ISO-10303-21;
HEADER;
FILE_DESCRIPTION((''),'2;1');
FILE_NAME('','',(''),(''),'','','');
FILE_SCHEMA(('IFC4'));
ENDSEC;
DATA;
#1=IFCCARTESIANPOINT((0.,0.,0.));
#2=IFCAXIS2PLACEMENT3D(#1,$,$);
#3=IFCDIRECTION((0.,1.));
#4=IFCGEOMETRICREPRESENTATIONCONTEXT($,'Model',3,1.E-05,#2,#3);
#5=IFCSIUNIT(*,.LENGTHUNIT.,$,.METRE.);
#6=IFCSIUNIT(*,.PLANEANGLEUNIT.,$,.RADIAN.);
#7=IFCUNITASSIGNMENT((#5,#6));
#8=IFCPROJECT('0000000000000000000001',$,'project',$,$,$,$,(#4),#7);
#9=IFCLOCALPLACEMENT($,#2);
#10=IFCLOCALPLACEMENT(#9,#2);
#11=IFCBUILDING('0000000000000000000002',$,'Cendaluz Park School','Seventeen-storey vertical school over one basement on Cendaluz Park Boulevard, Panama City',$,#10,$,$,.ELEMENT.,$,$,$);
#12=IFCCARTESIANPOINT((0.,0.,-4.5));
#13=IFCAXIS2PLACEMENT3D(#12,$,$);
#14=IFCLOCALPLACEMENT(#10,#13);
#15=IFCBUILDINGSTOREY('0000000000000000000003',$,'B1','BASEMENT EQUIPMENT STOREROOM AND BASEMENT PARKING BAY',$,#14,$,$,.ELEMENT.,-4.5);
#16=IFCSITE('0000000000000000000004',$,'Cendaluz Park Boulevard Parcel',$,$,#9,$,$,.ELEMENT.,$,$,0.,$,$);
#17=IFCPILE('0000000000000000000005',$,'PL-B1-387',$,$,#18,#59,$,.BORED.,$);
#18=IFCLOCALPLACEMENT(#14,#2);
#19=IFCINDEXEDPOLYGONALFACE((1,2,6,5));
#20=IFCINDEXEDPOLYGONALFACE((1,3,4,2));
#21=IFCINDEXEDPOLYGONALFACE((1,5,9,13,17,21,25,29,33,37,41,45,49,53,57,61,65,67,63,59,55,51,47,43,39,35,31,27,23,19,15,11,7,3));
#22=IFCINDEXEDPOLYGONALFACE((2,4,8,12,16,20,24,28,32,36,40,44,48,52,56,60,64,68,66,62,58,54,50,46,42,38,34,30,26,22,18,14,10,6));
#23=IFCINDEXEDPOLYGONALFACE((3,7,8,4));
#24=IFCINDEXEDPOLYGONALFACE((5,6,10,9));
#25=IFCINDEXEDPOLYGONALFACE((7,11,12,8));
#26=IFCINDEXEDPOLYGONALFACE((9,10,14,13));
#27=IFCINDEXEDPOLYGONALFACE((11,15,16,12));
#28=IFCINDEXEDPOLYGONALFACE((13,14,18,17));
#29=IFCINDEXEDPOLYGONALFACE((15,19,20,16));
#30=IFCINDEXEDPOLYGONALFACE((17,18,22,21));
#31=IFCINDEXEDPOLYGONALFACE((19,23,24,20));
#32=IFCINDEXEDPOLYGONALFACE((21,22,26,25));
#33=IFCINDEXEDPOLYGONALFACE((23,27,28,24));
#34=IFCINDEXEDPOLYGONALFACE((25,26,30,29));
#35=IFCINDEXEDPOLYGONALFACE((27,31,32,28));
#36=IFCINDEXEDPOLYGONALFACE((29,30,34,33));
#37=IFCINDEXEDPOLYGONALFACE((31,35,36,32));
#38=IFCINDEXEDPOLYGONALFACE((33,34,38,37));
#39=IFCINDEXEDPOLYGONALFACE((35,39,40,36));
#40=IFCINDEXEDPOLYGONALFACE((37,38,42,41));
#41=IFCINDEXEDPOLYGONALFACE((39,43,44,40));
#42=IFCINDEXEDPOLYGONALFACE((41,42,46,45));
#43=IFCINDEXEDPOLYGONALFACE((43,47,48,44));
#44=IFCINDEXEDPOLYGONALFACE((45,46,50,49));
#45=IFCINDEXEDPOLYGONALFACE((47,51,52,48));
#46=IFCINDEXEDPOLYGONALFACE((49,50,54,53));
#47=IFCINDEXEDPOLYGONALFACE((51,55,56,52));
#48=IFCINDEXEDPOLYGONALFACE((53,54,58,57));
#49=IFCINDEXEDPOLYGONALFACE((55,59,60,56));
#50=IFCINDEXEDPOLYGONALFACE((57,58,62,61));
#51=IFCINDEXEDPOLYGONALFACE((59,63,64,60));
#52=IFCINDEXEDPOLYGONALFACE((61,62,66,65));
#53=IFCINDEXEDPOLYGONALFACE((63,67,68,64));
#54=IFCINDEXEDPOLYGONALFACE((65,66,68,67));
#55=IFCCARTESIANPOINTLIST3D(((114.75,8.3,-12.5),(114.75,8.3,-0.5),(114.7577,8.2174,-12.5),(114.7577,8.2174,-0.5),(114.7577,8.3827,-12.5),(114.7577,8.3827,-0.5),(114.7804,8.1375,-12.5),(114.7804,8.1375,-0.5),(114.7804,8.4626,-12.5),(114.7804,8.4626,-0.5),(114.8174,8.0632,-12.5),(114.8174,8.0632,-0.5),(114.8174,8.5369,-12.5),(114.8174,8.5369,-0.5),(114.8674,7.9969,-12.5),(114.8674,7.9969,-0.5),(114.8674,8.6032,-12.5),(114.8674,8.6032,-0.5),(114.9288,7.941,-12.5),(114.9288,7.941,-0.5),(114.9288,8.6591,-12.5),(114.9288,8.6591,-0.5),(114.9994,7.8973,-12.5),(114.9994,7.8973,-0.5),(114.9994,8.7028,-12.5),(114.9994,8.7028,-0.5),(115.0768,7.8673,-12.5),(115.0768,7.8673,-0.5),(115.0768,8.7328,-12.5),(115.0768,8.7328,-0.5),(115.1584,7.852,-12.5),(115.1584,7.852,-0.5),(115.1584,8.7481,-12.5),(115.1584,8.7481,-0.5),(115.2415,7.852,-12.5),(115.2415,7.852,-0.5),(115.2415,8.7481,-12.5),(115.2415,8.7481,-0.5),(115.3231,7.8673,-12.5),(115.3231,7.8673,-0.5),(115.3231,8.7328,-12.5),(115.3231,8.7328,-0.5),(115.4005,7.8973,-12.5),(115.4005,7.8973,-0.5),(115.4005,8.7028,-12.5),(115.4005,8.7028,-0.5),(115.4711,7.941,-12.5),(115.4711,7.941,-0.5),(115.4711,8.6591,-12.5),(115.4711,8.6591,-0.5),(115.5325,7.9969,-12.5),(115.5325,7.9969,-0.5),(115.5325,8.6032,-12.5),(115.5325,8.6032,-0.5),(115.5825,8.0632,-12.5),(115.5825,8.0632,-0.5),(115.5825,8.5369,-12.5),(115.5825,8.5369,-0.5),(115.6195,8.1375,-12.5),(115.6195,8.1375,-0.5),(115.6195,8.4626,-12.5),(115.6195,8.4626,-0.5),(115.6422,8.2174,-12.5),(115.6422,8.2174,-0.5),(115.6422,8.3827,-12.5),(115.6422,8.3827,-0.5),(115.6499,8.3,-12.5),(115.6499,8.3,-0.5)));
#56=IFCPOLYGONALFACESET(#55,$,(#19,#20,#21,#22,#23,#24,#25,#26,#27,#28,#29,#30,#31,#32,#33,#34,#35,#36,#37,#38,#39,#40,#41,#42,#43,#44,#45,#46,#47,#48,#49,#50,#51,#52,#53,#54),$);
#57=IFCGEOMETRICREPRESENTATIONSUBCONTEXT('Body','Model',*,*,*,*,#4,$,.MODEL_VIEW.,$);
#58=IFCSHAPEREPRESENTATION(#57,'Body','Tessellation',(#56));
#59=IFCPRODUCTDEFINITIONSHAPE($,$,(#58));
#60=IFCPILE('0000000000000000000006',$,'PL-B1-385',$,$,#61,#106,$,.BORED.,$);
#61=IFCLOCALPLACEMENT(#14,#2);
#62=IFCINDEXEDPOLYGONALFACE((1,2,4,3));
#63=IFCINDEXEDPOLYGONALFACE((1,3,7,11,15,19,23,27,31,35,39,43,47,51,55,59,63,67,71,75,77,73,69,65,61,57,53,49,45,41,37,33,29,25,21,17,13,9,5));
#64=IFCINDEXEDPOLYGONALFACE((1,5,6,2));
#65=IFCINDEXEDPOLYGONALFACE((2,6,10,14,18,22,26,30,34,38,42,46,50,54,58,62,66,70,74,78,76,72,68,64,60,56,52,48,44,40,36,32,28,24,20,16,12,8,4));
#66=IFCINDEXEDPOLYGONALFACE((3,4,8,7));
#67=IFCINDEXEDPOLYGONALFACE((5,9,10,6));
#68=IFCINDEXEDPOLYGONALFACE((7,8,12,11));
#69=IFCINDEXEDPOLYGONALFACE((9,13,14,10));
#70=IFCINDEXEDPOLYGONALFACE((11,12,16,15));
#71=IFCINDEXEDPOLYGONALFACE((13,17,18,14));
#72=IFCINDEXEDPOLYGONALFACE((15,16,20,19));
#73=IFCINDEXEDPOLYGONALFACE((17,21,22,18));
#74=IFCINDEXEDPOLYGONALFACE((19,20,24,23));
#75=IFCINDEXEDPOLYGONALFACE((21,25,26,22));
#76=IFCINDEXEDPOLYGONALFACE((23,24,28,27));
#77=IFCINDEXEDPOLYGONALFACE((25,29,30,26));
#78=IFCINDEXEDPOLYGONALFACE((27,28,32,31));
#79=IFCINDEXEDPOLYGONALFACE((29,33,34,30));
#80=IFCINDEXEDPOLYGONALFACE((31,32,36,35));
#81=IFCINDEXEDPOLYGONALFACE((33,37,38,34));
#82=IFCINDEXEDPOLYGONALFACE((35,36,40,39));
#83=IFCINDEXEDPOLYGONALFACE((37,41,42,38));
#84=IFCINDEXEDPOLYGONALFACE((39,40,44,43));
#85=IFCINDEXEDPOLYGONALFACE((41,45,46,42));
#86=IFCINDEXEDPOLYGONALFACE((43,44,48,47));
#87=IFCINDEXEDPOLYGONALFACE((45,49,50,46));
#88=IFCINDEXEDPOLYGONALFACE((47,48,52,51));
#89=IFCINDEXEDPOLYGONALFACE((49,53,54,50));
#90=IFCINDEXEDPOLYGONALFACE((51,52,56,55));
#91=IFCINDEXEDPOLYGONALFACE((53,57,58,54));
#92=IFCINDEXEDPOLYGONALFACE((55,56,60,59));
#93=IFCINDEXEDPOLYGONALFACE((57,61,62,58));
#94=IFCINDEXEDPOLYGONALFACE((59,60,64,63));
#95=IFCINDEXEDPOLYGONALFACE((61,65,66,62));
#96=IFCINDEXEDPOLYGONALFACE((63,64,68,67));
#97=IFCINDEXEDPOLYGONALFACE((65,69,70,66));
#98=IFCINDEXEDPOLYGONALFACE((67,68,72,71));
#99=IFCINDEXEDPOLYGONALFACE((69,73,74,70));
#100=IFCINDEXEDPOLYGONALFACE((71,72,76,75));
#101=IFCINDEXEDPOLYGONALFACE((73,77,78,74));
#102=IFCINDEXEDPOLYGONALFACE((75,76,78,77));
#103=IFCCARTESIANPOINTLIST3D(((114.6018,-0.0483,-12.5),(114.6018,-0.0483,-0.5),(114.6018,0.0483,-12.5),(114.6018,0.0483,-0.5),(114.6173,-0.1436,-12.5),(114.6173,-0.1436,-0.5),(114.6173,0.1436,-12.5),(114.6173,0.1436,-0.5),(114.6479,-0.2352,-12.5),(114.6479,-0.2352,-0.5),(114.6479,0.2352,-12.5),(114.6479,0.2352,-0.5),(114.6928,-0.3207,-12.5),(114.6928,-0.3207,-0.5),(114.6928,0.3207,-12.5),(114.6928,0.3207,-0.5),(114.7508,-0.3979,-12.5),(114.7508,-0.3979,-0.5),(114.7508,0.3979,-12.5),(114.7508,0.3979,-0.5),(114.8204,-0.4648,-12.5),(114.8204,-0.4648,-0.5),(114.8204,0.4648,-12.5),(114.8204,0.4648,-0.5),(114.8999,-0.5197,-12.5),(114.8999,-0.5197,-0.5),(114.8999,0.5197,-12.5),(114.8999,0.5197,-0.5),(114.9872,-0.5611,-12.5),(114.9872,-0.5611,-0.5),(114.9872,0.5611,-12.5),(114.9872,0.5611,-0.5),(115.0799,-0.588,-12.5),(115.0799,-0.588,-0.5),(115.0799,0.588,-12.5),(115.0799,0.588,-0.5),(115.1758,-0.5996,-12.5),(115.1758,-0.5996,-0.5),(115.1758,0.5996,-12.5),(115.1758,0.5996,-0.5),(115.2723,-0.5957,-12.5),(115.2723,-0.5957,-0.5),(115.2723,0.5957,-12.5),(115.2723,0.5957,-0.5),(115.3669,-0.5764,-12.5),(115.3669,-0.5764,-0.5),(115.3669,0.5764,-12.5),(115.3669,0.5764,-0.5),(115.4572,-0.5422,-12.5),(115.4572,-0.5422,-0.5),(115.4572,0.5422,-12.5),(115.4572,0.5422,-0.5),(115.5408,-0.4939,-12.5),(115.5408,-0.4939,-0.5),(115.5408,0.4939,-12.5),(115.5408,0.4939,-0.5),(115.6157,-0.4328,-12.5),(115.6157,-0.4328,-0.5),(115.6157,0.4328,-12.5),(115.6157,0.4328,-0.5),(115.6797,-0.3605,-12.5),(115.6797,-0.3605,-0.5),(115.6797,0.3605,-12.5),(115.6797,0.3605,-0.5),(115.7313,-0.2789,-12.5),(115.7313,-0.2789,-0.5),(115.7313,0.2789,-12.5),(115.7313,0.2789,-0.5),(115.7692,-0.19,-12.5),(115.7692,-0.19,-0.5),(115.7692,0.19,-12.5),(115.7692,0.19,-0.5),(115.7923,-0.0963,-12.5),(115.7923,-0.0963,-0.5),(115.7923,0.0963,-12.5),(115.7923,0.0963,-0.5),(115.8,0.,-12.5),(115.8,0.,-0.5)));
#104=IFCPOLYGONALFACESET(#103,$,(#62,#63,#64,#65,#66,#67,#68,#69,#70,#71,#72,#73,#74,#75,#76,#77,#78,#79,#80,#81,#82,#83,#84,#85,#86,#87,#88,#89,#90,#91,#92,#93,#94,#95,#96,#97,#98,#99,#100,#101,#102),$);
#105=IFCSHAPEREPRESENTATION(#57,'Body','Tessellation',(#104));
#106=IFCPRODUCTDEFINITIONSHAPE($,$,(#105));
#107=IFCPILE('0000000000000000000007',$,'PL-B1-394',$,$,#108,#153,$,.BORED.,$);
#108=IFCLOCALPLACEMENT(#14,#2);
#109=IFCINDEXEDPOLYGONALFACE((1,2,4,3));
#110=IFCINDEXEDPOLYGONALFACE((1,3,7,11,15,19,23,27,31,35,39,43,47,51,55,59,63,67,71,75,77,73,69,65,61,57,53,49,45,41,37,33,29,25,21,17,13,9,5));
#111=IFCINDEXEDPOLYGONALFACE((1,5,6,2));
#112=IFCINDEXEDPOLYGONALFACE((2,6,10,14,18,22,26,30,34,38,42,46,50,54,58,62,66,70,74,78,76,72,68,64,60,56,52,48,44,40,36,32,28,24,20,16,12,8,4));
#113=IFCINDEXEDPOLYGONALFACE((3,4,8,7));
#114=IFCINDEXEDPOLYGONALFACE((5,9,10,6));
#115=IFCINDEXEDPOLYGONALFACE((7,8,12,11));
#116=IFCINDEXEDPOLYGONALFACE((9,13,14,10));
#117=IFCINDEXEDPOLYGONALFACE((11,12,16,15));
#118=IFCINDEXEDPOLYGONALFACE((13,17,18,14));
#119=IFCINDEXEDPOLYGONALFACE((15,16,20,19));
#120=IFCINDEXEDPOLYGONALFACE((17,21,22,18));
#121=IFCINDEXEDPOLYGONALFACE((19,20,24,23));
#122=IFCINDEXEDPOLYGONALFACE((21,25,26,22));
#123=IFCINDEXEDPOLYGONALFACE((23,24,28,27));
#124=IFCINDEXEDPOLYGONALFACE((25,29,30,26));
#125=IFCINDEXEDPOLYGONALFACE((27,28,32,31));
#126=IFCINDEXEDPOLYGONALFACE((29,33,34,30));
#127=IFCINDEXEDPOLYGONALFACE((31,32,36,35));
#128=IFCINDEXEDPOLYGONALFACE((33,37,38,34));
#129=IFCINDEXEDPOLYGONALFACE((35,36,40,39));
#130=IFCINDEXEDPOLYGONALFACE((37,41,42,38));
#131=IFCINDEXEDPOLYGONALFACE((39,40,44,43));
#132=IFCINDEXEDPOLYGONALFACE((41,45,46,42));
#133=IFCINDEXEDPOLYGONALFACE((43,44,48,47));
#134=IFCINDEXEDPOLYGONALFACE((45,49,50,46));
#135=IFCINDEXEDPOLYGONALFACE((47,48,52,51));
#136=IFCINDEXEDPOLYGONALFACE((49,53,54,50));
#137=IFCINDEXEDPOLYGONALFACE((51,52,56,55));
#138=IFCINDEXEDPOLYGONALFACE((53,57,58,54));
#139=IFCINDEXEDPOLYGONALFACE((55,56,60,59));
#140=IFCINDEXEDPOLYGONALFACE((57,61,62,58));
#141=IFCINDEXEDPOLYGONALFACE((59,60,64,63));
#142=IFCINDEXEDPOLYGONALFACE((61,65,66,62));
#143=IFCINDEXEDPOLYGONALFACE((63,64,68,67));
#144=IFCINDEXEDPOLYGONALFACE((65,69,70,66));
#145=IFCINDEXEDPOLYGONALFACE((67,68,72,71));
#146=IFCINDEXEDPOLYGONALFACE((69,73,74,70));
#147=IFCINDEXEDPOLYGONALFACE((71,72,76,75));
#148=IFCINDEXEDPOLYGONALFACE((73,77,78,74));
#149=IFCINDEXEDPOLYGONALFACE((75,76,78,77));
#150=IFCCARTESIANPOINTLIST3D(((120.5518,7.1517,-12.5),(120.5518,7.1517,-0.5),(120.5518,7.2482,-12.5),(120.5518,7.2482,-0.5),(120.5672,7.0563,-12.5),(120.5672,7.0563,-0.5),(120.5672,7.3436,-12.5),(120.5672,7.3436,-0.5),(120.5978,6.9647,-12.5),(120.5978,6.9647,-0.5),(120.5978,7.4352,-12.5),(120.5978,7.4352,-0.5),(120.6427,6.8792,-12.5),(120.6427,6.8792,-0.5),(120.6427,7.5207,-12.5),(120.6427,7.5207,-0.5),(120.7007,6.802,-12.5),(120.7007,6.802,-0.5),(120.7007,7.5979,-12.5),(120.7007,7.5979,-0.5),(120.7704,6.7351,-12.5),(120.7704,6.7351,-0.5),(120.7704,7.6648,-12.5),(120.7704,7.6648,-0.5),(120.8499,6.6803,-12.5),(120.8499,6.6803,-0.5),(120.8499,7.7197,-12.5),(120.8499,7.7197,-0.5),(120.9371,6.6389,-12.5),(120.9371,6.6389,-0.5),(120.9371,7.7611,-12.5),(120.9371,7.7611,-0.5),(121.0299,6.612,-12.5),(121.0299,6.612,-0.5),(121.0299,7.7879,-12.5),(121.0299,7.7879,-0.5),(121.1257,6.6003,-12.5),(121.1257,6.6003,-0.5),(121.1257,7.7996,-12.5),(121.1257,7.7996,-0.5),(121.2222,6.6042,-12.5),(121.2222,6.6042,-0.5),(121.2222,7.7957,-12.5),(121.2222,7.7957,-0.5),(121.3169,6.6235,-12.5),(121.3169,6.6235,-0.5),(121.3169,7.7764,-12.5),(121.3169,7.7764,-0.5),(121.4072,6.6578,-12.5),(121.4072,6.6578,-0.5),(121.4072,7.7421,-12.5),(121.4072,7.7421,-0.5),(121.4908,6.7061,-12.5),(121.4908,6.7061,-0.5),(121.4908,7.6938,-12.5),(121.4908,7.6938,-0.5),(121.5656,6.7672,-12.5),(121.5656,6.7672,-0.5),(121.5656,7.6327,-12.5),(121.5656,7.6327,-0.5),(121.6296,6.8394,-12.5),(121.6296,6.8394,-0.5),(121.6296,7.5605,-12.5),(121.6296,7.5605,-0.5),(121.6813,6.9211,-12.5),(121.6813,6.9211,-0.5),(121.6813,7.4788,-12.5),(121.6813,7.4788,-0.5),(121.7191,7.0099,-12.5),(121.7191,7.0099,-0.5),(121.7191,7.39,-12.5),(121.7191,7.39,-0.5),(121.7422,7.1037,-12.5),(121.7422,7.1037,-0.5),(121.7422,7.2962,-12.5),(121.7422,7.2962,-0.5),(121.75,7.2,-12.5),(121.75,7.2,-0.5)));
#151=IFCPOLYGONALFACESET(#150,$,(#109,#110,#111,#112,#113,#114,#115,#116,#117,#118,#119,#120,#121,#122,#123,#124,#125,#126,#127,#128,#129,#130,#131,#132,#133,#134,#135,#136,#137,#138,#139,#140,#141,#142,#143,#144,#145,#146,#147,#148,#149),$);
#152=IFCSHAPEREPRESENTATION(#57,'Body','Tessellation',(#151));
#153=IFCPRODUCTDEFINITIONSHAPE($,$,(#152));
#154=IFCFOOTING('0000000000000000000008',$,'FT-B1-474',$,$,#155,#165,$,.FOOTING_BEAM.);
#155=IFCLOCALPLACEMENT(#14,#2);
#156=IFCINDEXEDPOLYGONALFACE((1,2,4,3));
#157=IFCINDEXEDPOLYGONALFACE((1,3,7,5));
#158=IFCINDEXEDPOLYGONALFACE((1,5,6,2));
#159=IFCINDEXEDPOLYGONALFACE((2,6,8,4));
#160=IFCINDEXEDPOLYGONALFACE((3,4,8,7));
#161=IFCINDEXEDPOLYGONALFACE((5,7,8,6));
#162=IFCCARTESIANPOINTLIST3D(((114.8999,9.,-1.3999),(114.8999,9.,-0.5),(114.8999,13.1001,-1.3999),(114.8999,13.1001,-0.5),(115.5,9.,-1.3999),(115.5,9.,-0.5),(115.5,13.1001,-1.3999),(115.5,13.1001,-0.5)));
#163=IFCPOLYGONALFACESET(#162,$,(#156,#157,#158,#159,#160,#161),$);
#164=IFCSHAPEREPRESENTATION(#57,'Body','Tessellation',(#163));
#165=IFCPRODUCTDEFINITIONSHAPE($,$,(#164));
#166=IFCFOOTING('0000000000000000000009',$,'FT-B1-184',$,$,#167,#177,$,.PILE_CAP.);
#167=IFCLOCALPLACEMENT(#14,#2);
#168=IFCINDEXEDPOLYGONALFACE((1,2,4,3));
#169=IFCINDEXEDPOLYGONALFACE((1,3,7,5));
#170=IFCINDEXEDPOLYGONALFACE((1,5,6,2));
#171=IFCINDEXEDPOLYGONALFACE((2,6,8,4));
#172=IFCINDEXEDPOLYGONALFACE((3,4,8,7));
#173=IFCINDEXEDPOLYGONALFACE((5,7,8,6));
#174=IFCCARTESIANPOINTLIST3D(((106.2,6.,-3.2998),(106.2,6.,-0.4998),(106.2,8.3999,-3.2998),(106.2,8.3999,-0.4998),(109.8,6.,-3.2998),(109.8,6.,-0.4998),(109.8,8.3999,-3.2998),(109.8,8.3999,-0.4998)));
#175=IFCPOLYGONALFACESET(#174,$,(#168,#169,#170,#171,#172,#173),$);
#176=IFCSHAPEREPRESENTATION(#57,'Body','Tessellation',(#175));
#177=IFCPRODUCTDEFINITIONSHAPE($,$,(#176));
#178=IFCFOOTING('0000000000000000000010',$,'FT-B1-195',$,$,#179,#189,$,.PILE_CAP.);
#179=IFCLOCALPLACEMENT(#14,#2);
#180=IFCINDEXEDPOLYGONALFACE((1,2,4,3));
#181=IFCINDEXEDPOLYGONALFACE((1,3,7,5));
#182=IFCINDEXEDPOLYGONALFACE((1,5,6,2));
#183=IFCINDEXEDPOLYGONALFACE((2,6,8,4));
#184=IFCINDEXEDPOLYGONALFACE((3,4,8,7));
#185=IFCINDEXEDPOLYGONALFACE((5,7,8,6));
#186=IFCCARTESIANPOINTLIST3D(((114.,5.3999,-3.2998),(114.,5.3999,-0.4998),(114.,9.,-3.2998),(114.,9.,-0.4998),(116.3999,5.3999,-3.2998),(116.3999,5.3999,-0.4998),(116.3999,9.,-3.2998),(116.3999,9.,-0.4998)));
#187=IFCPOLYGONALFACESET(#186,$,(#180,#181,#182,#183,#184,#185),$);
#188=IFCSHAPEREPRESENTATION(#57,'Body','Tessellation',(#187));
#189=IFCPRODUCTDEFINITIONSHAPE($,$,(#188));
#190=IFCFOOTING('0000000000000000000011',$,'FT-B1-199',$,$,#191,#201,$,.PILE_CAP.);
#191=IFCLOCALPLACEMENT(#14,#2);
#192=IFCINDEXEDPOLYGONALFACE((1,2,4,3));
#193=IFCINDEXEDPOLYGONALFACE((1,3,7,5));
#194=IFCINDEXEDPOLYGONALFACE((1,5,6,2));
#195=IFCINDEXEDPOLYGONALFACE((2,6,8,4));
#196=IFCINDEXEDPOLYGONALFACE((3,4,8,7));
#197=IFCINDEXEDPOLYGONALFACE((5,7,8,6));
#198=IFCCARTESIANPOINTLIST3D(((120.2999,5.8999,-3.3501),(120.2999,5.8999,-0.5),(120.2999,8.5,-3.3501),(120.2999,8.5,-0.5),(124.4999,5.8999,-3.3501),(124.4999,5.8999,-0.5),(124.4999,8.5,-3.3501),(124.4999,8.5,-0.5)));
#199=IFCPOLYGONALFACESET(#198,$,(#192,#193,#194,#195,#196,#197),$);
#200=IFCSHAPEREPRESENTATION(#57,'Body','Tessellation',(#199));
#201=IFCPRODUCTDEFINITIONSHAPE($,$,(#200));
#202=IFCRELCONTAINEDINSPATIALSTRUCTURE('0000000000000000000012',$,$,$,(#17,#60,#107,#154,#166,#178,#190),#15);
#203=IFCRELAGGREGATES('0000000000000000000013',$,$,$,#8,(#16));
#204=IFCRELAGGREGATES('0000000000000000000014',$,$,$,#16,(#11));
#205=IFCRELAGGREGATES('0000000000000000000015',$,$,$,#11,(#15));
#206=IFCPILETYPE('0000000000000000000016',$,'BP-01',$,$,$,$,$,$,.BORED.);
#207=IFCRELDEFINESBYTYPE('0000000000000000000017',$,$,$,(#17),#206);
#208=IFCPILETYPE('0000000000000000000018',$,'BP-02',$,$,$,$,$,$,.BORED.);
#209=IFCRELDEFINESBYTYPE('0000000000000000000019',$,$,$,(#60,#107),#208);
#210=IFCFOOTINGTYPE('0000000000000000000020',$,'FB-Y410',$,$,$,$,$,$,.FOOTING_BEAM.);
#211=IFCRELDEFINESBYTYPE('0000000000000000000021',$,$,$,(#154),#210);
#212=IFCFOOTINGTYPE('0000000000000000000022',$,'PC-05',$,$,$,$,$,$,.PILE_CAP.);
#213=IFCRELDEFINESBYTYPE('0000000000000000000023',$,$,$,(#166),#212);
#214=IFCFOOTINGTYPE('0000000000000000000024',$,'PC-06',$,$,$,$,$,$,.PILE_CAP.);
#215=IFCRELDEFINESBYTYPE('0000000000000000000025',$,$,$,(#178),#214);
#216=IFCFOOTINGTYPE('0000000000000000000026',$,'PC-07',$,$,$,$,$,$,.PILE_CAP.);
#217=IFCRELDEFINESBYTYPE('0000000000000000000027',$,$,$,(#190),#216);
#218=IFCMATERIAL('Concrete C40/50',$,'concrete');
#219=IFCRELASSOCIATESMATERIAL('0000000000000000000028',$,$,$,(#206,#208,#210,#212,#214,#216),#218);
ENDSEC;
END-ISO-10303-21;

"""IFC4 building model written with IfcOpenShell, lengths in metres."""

from ifc_helpers import new_model, si_unit, direction, frame, origin, origin_2d, place, context, subcontext, project, spatial, rectangle, circle, extrude, material, material_profile, profile_set, type_object, element, save


model = new_model("IFC4")

# Units and contexts
model_context = context("Model", 3, precision=1e-05, world=origin(), true_north=direction((0.0, 1.0)))
body_context = subcontext(model_context, "Body", "Model", "MODEL_VIEW")
ifc_project = project(units=[si_unit("LENGTHUNIT", "METRE"), si_unit("PLANEANGLEUNIT", "RADIAN")], contexts=[model_context])

# Site, building, storey
site_placement = place(None, origin())
site = spatial("IfcSite", under=ifc_project, at=site_placement, Name="Cendaluz Park Boulevard Parcel", CompositionType="ELEMENT", RefElevation=0.0)
building_placement = place(site_placement, origin())
building = spatial("IfcBuilding", under=site, at=building_placement, Name="Cendaluz Park School", Description="Seventeen-storey vertical school over one basement on Cendaluz Park Boulevard, Panama City", CompositionType="ELEMENT")
storey_placement = place(building_placement, frame((0.0, 0.0, -4.5)))
storey = spatial("IfcBuildingStorey", under=building, at=storey_placement, Name="B1", Description="BASEMENT EQUIPMENT STOREROOM AND BASEMENT PARKING BAY", CompositionType="ELEMENT", Elevation=-4.5)

# Piles
ifc_material_1 = material(Name="Concrete C40/50", Category="concrete")
ifc_material_profile_1 = material_profile(ifc_material_1, circle(Radius=0.45, at=origin_2d()), Name="BP D900", Category="concrete")
ifc_profile_set_1 = profile_set([ifc_material_profile_1], Name="Concrete C40/50")
pile_type_1 = type_object("IfcPileType", Name="BP-01", PredefinedType="BORED", material=ifc_profile_set_1)
for number, where, z_axis, x_axis, name in (
    (1, (115.2, 8.3, -0.5), (0.0, 0.0, -1.0), (1.0, 0.0, 0.0), "PL-B1-387"),
):
    element("IfcPile", number, at=place(storey_placement, frame(where, z_axis=z_axis, x_axis=x_axis)), inside=storey, type_object=pile_type_1, Name=name, PredefinedType="BORED", context=body_context, shape_type="SweptSolid", body=[
        extrude(circle(Radius=0.45, at=origin_2d()), origin(), (0.0, 0.0, 1.0), 12.0),
    ])
ifc_material_profile_2 = material_profile(ifc_material_1, circle(Radius=0.6001, at=origin_2d()), Name="BP D1200", Category="concrete")
ifc_profile_set_2 = profile_set([ifc_material_profile_2], Name="Concrete C40/50")
pile_type_2 = type_object("IfcPileType", Name="BP-02", PredefinedType="BORED", material=ifc_profile_set_2)
for number, where, z_axis, x_axis, name in (
    (2, (115.2, 0.0, -0.5), (0.0, 0.0, -1.0), (1.0, 0.0, 0.0), "PL-B1-385"),
    (3, (121.1499, 7.2, -0.5), (0.0, 0.0, -1.0), (1.0, 0.0, 0.0), "PL-B1-394"),
):
    element("IfcPile", number, at=place(storey_placement, frame(where, z_axis=z_axis, x_axis=x_axis)), inside=storey, type_object=pile_type_2, Name=name, PredefinedType="BORED", context=body_context, shape_type="SweptSolid", body=[
        extrude(circle(Radius=0.6001, at=origin_2d()), origin(), (0.0, 0.0, 1.0), 12.0),
    ])

# Footings
footing_type_1 = type_object("IfcFootingType", Name="FB-Y410", PredefinedType="FOOTING_BEAM", material=ifc_material_1)
footing_1_placement = place(storey_placement, frame((115.2, 11.05, -1.3999), z_axis=(0.0, 0.0, 1.0), x_axis=(1.0, 0.0, 0.0)))
element("IfcFooting", 4, at=footing_1_placement, inside=storey, type_object=footing_type_1, Name="FT-B1-474", PredefinedType="FOOTING_BEAM", context=body_context, shape_type="SweptSolid", body=[
    extrude(rectangle(XDim=0.6001, YDim=4.1001, at=origin_2d()), origin(), (0.0, 0.0, 1.0), 0.8999),
])
footing_type_2 = type_object("IfcFootingType", Name="PC-05", PredefinedType="PILE_CAP", material=ifc_material_1)
footing_2_placement = place(storey_placement, frame((108.0, 7.2, -3.2998), z_axis=(0.0, 0.0, 1.0), x_axis=(1.0, 0.0, 0.0)))
element("IfcFooting", 5, at=footing_2_placement, inside=storey, type_object=footing_type_2, Name="FT-B1-184", PredefinedType="PILE_CAP", context=body_context, shape_type="SweptSolid", body=[
    extrude(rectangle(XDim=3.6001, YDim=2.3999, at=origin_2d()), origin(), (0.0, 0.0, 1.0), 2.8),
])
footing_type_3 = type_object("IfcFootingType", Name="PC-06", PredefinedType="PILE_CAP", material=ifc_material_1)
footing_3_placement = place(storey_placement, frame((115.2, 7.2, -3.2998), z_axis=(0.0, 0.0, 1.0), x_axis=(1.0, 0.0, 0.0)))
element("IfcFooting", 6, at=footing_3_placement, inside=storey, type_object=footing_type_3, Name="FT-B1-195", PredefinedType="PILE_CAP", context=body_context, shape_type="SweptSolid", body=[
    extrude(rectangle(XDim=2.3999, YDim=3.6001, at=origin_2d()), origin(), (0.0, 0.0, 1.0), 2.8),
])
footing_type_4 = type_object("IfcFootingType", Name="PC-07", PredefinedType="PILE_CAP", material=ifc_material_1)
footing_4_placement = place(storey_placement, frame((122.3999, 7.2, -3.3501), z_axis=(0.0, 0.0, 1.0), x_axis=(1.0, 0.0, 0.0)))
element("IfcFooting", 7, at=footing_4_placement, inside=storey, type_object=footing_type_4, Name="FT-B1-199", PredefinedType="PILE_CAP", context=body_context, shape_type="SweptSolid", body=[
    extrude(rectangle(XDim=4.2, YDim=2.6001, at=origin_2d()), origin(), (0.0, 0.0, 1.0), 2.8501),
])

save(model, "model.ifc")
